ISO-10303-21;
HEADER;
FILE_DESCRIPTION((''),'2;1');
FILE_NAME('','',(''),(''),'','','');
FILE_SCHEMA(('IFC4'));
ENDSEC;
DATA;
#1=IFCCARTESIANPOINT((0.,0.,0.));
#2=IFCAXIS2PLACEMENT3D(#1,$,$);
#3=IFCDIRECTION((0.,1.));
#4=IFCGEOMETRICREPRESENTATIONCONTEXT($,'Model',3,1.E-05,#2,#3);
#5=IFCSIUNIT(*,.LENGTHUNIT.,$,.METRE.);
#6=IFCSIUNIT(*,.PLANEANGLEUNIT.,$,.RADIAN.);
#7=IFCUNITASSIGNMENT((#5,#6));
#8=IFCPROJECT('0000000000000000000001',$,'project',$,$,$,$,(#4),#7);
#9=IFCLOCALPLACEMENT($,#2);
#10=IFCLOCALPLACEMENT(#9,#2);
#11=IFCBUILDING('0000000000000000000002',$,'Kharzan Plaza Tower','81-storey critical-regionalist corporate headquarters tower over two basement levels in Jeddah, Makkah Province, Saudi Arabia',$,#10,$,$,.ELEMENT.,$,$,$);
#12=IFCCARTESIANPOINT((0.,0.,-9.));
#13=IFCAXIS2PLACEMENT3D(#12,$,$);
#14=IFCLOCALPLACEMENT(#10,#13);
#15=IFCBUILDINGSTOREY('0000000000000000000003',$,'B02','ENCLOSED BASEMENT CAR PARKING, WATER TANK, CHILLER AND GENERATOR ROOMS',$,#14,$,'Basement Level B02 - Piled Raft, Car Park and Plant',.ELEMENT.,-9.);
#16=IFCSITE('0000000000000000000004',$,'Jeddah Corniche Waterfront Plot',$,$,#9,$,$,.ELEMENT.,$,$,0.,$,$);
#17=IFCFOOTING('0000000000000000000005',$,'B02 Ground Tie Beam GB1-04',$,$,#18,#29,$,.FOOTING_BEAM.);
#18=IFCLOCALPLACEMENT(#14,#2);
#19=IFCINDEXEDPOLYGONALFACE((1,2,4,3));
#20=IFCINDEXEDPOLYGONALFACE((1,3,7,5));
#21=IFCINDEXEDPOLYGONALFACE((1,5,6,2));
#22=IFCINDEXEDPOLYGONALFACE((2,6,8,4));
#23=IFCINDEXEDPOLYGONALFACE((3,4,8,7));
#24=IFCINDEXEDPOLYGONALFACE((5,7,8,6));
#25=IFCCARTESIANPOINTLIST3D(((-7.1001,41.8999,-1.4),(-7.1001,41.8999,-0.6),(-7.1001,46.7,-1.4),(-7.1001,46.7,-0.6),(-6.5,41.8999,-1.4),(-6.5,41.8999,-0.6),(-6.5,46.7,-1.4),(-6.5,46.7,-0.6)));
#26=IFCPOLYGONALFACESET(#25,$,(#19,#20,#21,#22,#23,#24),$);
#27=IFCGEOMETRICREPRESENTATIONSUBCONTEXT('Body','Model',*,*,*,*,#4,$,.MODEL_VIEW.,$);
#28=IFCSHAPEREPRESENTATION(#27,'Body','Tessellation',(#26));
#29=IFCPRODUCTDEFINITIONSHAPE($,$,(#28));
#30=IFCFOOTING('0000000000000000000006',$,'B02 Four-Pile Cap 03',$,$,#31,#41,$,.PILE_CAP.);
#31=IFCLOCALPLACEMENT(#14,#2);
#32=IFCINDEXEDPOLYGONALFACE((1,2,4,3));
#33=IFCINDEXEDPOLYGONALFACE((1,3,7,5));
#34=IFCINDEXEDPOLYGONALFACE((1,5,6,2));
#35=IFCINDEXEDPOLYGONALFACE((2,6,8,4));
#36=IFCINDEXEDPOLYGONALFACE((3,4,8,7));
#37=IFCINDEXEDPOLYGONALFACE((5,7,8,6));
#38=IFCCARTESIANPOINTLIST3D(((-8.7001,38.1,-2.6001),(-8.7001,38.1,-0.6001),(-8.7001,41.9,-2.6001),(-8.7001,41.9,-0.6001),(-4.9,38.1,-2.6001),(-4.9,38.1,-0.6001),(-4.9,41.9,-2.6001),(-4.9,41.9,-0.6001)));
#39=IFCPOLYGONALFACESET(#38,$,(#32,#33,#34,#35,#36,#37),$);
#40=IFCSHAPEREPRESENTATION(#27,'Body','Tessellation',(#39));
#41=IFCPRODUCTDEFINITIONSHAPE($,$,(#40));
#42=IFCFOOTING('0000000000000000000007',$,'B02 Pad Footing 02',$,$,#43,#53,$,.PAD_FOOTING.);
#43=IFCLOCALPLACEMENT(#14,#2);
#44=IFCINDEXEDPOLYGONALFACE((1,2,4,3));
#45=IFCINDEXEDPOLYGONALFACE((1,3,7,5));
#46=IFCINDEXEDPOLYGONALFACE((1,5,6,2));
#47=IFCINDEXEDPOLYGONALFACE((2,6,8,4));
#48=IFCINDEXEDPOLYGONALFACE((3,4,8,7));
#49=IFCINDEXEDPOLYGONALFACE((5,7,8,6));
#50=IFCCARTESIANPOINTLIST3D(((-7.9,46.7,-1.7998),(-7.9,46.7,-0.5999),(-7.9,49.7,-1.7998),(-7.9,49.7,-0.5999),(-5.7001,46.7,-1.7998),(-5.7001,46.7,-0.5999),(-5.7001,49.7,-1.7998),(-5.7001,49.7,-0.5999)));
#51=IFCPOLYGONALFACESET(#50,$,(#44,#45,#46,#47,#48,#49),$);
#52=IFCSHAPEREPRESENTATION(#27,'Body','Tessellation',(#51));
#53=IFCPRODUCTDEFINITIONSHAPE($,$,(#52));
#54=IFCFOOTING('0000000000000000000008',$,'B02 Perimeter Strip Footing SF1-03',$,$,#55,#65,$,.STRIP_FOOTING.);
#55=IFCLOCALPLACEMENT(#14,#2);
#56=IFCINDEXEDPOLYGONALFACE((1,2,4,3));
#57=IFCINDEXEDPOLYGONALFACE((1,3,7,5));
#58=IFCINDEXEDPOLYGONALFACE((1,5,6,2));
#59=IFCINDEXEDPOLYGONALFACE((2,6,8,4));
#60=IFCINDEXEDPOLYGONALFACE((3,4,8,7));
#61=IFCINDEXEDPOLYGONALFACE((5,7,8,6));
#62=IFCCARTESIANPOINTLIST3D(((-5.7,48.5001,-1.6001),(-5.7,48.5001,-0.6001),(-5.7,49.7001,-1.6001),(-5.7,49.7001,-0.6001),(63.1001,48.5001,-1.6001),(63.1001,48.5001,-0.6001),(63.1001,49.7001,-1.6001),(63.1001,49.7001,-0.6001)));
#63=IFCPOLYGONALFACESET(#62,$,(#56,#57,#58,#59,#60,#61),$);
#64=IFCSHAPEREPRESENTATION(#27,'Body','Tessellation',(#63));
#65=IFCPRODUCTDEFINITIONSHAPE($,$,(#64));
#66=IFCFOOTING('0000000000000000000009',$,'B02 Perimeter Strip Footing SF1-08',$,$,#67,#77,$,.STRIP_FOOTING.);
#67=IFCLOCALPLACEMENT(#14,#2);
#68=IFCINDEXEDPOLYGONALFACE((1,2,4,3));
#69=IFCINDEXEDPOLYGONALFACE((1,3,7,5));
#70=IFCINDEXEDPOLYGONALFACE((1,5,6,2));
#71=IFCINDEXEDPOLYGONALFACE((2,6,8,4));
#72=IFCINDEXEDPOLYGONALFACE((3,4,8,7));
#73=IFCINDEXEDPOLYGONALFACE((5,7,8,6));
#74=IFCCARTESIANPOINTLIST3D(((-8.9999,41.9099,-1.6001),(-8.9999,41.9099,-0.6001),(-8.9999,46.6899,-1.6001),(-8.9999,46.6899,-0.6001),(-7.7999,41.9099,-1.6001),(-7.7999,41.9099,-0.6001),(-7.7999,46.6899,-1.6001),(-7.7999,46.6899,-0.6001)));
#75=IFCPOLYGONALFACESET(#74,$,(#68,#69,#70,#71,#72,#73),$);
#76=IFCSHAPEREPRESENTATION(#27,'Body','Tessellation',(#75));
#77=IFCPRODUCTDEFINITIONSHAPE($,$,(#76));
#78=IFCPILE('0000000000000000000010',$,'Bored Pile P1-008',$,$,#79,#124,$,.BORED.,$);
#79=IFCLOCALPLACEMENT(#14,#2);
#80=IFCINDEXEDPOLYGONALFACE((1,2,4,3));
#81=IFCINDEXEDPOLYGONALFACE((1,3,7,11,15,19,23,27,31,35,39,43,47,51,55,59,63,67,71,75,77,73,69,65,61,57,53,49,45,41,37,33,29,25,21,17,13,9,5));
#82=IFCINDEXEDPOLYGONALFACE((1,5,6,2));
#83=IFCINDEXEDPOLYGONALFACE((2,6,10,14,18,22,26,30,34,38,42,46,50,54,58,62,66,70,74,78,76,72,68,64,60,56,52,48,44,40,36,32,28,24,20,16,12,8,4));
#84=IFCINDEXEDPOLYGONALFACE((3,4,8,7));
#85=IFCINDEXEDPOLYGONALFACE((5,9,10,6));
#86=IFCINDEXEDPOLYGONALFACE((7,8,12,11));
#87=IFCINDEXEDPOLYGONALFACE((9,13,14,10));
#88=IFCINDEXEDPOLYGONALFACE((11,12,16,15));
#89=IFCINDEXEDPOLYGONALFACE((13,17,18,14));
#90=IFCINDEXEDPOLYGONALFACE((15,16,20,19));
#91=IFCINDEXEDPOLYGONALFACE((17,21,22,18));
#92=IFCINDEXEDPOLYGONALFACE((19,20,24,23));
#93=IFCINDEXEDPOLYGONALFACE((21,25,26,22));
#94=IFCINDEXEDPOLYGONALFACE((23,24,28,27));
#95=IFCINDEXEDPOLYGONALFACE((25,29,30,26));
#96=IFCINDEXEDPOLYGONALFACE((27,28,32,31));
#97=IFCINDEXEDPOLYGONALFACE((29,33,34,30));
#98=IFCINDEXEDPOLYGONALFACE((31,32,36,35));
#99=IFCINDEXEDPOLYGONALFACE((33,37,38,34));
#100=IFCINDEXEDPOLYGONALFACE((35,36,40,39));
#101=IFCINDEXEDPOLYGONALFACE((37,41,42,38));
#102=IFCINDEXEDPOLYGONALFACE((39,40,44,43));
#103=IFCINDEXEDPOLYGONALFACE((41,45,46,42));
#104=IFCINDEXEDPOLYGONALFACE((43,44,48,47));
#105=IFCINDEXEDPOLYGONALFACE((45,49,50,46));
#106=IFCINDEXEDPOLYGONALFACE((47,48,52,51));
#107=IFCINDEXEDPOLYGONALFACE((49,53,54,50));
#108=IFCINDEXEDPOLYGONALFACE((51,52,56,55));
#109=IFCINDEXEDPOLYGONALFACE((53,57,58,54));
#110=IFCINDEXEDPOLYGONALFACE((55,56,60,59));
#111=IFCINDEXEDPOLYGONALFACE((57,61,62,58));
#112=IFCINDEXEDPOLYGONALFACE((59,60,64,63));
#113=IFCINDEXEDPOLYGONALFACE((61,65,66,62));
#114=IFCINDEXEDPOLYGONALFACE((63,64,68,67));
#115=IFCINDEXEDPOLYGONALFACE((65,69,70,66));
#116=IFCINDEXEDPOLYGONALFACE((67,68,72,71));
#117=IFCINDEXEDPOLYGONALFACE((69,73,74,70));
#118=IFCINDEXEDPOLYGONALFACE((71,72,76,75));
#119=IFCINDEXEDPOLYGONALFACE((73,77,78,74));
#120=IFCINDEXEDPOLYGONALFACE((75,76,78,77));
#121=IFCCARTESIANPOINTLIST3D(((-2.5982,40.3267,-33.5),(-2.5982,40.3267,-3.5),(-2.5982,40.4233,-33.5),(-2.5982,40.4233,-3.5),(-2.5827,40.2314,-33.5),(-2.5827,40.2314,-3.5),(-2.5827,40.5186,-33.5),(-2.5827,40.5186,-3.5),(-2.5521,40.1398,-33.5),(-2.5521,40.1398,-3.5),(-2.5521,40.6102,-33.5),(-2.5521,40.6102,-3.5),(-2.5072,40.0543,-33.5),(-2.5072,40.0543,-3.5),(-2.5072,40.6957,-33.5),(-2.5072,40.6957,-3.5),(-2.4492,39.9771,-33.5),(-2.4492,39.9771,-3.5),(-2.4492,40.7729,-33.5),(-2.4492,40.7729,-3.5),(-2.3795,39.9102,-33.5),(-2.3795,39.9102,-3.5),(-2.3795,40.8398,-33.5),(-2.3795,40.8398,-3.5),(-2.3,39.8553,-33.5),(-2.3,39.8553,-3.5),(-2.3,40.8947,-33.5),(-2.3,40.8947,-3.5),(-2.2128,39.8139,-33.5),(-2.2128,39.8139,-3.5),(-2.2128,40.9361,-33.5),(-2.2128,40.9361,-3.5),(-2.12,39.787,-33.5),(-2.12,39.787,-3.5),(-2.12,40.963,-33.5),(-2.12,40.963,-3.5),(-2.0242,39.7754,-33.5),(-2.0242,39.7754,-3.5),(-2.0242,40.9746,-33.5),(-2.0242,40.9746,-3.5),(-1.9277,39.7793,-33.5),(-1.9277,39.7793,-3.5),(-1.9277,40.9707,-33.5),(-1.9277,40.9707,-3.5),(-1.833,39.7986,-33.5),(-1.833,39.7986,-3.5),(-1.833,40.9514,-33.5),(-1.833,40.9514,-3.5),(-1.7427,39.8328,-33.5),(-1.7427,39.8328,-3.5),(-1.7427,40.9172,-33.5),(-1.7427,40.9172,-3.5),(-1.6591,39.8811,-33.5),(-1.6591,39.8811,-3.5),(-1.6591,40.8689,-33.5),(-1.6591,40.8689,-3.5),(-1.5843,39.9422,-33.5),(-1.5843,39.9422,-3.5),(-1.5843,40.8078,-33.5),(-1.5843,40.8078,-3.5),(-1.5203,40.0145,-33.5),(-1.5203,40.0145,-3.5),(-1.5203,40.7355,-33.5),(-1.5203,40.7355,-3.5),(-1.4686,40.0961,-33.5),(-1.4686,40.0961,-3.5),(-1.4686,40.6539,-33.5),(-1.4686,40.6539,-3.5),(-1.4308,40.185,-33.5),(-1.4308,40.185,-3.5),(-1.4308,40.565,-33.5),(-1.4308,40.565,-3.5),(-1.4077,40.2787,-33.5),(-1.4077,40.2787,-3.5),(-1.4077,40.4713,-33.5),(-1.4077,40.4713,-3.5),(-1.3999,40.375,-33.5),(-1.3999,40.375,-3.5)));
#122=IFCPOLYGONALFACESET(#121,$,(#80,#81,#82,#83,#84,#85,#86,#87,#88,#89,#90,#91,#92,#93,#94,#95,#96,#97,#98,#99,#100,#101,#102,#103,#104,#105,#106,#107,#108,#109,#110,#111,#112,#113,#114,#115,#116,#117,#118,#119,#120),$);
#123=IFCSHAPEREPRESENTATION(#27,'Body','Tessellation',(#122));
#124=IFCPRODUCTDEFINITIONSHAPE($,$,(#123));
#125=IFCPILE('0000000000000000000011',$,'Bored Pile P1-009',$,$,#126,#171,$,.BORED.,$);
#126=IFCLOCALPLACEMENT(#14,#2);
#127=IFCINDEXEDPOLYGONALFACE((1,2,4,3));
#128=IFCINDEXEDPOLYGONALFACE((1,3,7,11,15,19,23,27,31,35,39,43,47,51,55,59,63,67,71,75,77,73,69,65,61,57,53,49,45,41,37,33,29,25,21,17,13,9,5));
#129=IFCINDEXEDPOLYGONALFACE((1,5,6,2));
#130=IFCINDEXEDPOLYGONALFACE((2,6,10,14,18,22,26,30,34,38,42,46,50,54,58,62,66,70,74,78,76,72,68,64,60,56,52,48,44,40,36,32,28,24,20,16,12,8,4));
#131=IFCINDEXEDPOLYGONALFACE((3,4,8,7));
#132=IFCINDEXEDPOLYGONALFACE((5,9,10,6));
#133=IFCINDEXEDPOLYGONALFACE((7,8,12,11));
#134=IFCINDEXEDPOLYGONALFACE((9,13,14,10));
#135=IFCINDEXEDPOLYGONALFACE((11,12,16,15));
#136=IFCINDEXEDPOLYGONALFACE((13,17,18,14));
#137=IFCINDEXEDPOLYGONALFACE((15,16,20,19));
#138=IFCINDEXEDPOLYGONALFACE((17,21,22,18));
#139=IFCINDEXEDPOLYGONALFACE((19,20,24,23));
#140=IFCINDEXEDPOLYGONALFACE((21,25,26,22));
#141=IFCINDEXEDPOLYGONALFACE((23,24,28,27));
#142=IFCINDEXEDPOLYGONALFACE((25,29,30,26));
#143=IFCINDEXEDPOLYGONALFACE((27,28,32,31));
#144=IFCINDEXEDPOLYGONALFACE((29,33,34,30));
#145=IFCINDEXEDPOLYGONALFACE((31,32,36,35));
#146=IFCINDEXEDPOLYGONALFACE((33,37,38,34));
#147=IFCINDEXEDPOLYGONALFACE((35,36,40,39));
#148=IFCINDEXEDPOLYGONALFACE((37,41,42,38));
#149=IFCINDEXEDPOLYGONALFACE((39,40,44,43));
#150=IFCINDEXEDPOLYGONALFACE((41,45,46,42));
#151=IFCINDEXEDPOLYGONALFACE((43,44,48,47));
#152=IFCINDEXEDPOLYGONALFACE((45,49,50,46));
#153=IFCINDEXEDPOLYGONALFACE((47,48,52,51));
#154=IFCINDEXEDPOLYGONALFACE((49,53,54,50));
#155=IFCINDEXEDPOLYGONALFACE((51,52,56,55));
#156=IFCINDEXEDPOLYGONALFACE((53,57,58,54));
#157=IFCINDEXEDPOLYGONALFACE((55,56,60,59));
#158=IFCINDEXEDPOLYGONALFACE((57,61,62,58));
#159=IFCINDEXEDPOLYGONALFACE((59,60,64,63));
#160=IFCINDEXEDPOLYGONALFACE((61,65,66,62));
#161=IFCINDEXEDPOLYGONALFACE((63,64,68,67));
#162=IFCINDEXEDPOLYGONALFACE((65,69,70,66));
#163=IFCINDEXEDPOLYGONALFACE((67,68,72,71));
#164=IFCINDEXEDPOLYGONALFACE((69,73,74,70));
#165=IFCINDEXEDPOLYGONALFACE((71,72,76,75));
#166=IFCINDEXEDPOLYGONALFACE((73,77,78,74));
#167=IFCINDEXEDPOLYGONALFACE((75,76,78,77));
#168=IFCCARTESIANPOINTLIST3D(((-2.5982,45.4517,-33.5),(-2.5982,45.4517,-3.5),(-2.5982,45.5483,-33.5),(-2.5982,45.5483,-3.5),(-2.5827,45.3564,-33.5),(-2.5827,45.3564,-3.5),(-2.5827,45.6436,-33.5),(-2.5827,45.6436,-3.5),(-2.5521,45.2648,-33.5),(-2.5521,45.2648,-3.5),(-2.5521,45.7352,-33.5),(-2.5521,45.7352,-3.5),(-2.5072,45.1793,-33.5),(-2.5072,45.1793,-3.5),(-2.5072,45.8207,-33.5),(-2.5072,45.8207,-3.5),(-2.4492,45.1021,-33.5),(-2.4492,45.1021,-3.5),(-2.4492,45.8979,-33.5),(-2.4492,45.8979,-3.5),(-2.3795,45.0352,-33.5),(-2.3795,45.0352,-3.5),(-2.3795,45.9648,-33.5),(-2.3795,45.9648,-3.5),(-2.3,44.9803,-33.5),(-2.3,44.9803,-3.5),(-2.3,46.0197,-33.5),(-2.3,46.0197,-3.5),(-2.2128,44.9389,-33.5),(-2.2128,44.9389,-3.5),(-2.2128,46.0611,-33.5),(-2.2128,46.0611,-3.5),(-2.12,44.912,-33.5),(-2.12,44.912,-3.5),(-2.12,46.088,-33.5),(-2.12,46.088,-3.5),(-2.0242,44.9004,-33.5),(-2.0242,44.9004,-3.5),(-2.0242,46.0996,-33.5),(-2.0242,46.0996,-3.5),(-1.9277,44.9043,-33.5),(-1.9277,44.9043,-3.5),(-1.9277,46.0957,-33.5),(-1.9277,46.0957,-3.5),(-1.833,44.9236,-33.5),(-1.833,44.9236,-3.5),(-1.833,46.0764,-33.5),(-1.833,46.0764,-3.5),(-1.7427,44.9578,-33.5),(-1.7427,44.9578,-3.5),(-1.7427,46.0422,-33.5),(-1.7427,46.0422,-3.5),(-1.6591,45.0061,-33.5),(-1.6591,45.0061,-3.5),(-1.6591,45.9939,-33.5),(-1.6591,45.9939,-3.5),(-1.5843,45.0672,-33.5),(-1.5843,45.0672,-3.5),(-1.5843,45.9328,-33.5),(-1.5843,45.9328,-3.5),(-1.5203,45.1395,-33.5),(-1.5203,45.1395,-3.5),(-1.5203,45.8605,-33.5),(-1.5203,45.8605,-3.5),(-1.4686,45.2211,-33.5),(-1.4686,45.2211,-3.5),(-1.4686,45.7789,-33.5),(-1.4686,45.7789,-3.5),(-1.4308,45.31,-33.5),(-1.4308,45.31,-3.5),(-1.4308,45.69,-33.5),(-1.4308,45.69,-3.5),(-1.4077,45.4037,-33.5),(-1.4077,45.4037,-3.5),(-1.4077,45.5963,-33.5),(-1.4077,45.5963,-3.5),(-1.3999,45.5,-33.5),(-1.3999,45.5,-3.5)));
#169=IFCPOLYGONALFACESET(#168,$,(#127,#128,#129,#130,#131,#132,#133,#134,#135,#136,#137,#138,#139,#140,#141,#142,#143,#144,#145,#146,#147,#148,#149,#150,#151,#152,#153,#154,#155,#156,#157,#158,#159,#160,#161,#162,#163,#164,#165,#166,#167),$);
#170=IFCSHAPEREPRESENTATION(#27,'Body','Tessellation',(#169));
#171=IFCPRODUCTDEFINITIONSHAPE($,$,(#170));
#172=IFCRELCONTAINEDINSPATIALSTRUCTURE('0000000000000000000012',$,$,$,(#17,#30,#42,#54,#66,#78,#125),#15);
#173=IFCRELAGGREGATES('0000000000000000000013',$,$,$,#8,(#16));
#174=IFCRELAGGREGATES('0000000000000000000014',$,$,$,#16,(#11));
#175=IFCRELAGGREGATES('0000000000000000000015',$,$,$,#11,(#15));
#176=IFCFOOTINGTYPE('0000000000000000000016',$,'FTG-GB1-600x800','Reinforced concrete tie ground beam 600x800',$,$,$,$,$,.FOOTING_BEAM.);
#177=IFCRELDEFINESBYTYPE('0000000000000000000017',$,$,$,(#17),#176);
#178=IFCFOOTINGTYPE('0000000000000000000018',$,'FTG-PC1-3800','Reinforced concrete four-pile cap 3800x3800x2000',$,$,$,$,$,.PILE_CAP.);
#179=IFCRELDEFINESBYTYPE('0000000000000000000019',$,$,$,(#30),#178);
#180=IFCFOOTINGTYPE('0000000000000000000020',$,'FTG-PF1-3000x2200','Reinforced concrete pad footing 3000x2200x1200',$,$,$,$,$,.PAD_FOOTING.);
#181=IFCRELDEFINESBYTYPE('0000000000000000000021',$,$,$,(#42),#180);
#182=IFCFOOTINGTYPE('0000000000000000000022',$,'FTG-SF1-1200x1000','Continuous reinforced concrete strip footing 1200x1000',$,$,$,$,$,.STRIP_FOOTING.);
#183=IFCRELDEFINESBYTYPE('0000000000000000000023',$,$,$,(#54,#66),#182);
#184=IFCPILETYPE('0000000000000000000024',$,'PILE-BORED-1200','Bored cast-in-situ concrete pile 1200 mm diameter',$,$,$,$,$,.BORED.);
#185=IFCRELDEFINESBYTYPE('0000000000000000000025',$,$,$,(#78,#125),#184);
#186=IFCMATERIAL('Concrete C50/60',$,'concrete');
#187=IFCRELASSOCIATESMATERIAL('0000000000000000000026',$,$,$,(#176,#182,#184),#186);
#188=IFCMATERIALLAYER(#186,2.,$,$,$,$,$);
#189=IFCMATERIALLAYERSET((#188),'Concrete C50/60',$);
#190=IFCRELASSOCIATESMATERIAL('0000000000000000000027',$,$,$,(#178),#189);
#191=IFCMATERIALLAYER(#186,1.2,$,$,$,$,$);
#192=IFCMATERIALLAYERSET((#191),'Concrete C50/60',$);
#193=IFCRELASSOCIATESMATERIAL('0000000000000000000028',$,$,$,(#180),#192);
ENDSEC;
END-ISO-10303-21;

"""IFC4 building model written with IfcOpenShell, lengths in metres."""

from ifc_helpers import new_model, si_unit, direction, frame, origin, origin_2d, place, context, subcontext, project, spatial, rectangle, circle, extrude, source, transform, mapped, material, layer, layer_set, material_profile, profile_set, type_object, element, save


model = new_model("IFC4")

# Units and contexts
model_context = context("Model", 3, precision=1e-05, world=origin(), true_north=direction((0.0, 1.0)))
body_context = subcontext(model_context, "Body", "Model", "MODEL_VIEW")
ifc_project = project(units=[si_unit("LENGTHUNIT", "METRE"), si_unit("PLANEANGLEUNIT", "RADIAN")], contexts=[model_context])

# Site, building, storey
site_placement = place(None, origin())
site = spatial("IfcSite", under=ifc_project, at=site_placement, Name="Jeddah Corniche Waterfront Plot", CompositionType="ELEMENT", RefElevation=0.0)
building_placement = place(site_placement, origin())
building = spatial("IfcBuilding", under=site, at=building_placement, Name="Kharzan Plaza Tower", Description="81-storey critical-regionalist corporate headquarters tower over two basement levels in Jeddah, Makkah Province, Saudi Arabia", CompositionType="ELEMENT")
storey_placement = place(building_placement, frame((0.0, 0.0, -9.0)))
storey = spatial("IfcBuildingStorey", under=building, at=storey_placement, Name="B02", Description="ENCLOSED BASEMENT CAR PARKING, WATER TANK, CHILLER AND GENERATOR ROOMS", LongName="Basement Level B02 - Piled Raft, Car Park and Plant", CompositionType="ELEMENT", Elevation=-9.0)

# Footings
ifc_material_1 = material(Name="Concrete C50/60", Category="concrete")
ifc_material_profile_1 = material_profile(ifc_material_1, rectangle(XDim=0.6001, YDim=0.8, at=origin_2d()), Name="GB-600x800")
ifc_profile_set_1 = profile_set([ifc_material_profile_1], Name="Concrete C50/60")
footing_type_1 = type_object("IfcFootingType", Name="FTG-GB1-600x800", Description="Reinforced concrete tie ground beam 600x800", PredefinedType="FOOTING_BEAM", material=ifc_profile_set_1)
shared_shape_1 = source(origin(), body_context, "Body", "SweptSolid", [
    extrude(rectangle(XDim=0.6001, YDim=0.8, at=origin_2d()), origin(), (0.0, 0.0, 1.0), 4.8),
])
footing_1_placement = place(storey_placement, frame((-6.8, 41.8999, -1.0), z_axis=(0.0, 1.0, 0.0), x_axis=(-1.0, 0.0, 0.0)))
element("IfcFooting", 1, at=footing_1_placement, inside=storey, type_object=footing_type_1, Name="B02 Ground Tie Beam GB1-04", PredefinedType="FOOTING_BEAM", context=body_context, shape_type="MappedRepresentation", body=[
    mapped(shared_shape_1, transform((0.0, 0.0, 0.0), x_axis=(1.0, 0.0, 0.0), y_axis=(0.0, 1.0, 0.0), z_axis=(0.0, 0.0, 1.0))),
])
ifc_layer_1 = layer(ifc_material_1, 2.0)
ifc_layer_set_1 = layer_set([ifc_layer_1], Name="Concrete C50/60")
footing_type_2 = type_object("IfcFootingType", Name="FTG-PC1-3800", Description="Reinforced concrete four-pile cap 3800x3800x2000", PredefinedType="PILE_CAP", material=ifc_layer_set_1)
shared_shape_2 = source(origin(), body_context, "Body", "SweptSolid", [
    extrude(rectangle(XDim=3.8, YDim=3.8, at=origin_2d()), origin(), (0.0, 0.0, 1.0), 2.0),
])
footing_2_placement = place(storey_placement, frame((-6.8, 40.0, -2.6001), z_axis=(0.0, 0.0, 1.0), x_axis=(1.0, 0.0, 0.0)))
element("IfcFooting", 2, at=footing_2_placement, inside=storey, type_object=footing_type_2, Name="B02 Four-Pile Cap 03", PredefinedType="PILE_CAP", context=body_context, shape_type="MappedRepresentation", body=[
    mapped(shared_shape_2, transform((0.0, 0.0, 0.0), x_axis=(1.0, 0.0, 0.0), y_axis=(0.0, 1.0, 0.0), z_axis=(0.0, 0.0, 1.0))),
])
ifc_layer_2 = layer(ifc_material_1, 1.2)
ifc_layer_set_2 = layer_set([ifc_layer_2], Name="Concrete C50/60")
footing_type_3 = type_object("IfcFootingType", Name="FTG-PF1-3000x2200", Description="Reinforced concrete pad footing 3000x2200x1200", PredefinedType="PAD_FOOTING", material=ifc_layer_set_2)
shared_shape_3 = source(origin(), body_context, "Body", "SweptSolid", [
    extrude(rectangle(XDim=3.0, YDim=2.2, at=origin_2d()), origin(), (0.0, 0.0, 1.0), 1.2),
])
footing_3_placement = place(storey_placement, frame((-6.8, 48.2, -1.7998), z_axis=(0.0, 0.0, 1.0), x_axis=(0.0, 1.0, 0.0)))
element("IfcFooting", 3, at=footing_3_placement, inside=storey, type_object=footing_type_3, Name="B02 Pad Footing 02", PredefinedType="PAD_FOOTING", context=body_context, shape_type="MappedRepresentation", body=[
    mapped(shared_shape_3, transform((0.0, 0.0, 0.0), x_axis=(1.0, 0.0, 0.0), y_axis=(0.0, 1.0, 0.0), z_axis=(0.0, 0.0, 1.0))),
])
ifc_material_profile_2 = material_profile(ifc_material_1, rectangle(XDim=1.2, YDim=1.0, at=origin_2d()), Name="SF-1200x1000")
ifc_profile_set_2 = profile_set([ifc_material_profile_2], Name="Concrete C50/60")
footing_type_4 = type_object("IfcFootingType", Name="FTG-SF1-1200x1000", Description="Continuous reinforced concrete strip footing 1200x1000", PredefinedType="STRIP_FOOTING", material=ifc_profile_set_2)
shared_shape_4 = source(origin(), body_context, "Body", "SweptSolid", [
    extrude(rectangle(XDim=1.2, YDim=1.0, at=origin_2d()), origin(), (0.0, 0.0, 1.0), 68.8),
])
footing_4_placement = place(storey_placement, frame((-5.7, 49.1001, -1.1001), z_axis=(1.0, 0.0, 0.0), x_axis=(0.0, 1.0, 0.0)))
element("IfcFooting", 4, at=footing_4_placement, inside=storey, type_object=footing_type_4, Name="B02 Perimeter Strip Footing SF1-03", PredefinedType="STRIP_FOOTING", context=body_context, shape_type="MappedRepresentation", body=[
    mapped(shared_shape_4, transform((0.0, 0.0, 0.0), x_axis=(1.0, 0.0, 0.0), y_axis=(0.0, 1.0, 0.0), z_axis=(0.0, 0.0, 1.0))),
])
shared_shape_5 = source(origin(), body_context, "Body", "SweptSolid", [
    extrude(rectangle(XDim=1.2, YDim=1.0, at=origin_2d()), origin(), (0.0, 0.0, 1.0), 4.78),
])
footing_5_placement = place(storey_placement, frame((-8.3999, 41.9099, -1.1001), z_axis=(0.0, 1.0, 0.0), x_axis=(-1.0, 0.0, 0.0)))
element("IfcFooting", 5, at=footing_5_placement, inside=storey, type_object=footing_type_4, Name="B02 Perimeter Strip Footing SF1-08", PredefinedType="STRIP_FOOTING", context=body_context, shape_type="MappedRepresentation", body=[
    mapped(shared_shape_5, transform((0.0, 0.0, 0.0), x_axis=(1.0, 0.0, 0.0), y_axis=(0.0, 1.0, 0.0), z_axis=(0.0, 0.0, 1.0))),
])

# Piles
ifc_material_profile_3 = material_profile(ifc_material_1, circle(Radius=0.6001, at=origin_2d()), Name="PILE-D1200")
ifc_profile_set_3 = profile_set([ifc_material_profile_3], Name="Concrete C50/60")
pile_type_1 = type_object("IfcPileType", Name="PILE-BORED-1200", Description="Bored cast-in-situ concrete pile 1200 mm diameter", PredefinedType="BORED", material=ifc_profile_set_3)
shared_shape_6 = source(origin(), body_context, "Body", "SweptSolid", [
    extrude(circle(Radius=0.6001, at=origin_2d()), origin(), (0.0, 0.0, 1.0), 30.0),
])
for number, where, z_axis, x_axis, name in (
    (6, (-2.0, 40.375, -3.5), (0.0, 0.0, -1.0), (1.0, 0.0, 0.0), "Bored Pile P1-008"),
    (7, (-2.0, 45.5, -3.5), (0.0, 0.0, -1.0), (1.0, 0.0, 0.0), "Bored Pile P1-009"),
):
    element("IfcPile", number, at=place(storey_placement, frame(where, z_axis=z_axis, x_axis=x_axis)), inside=storey, type_object=pile_type_1, Name=name, PredefinedType="BORED", context=body_context, shape_type="MappedRepresentation", body=[
        mapped(shared_shape_6, transform((0.0, 0.0, 0.0), x_axis=(1.0, 0.0, 0.0), y_axis=(0.0, 1.0, 0.0), z_axis=(0.0, 0.0, 1.0))),
    ])

save(model, "model.ifc")
